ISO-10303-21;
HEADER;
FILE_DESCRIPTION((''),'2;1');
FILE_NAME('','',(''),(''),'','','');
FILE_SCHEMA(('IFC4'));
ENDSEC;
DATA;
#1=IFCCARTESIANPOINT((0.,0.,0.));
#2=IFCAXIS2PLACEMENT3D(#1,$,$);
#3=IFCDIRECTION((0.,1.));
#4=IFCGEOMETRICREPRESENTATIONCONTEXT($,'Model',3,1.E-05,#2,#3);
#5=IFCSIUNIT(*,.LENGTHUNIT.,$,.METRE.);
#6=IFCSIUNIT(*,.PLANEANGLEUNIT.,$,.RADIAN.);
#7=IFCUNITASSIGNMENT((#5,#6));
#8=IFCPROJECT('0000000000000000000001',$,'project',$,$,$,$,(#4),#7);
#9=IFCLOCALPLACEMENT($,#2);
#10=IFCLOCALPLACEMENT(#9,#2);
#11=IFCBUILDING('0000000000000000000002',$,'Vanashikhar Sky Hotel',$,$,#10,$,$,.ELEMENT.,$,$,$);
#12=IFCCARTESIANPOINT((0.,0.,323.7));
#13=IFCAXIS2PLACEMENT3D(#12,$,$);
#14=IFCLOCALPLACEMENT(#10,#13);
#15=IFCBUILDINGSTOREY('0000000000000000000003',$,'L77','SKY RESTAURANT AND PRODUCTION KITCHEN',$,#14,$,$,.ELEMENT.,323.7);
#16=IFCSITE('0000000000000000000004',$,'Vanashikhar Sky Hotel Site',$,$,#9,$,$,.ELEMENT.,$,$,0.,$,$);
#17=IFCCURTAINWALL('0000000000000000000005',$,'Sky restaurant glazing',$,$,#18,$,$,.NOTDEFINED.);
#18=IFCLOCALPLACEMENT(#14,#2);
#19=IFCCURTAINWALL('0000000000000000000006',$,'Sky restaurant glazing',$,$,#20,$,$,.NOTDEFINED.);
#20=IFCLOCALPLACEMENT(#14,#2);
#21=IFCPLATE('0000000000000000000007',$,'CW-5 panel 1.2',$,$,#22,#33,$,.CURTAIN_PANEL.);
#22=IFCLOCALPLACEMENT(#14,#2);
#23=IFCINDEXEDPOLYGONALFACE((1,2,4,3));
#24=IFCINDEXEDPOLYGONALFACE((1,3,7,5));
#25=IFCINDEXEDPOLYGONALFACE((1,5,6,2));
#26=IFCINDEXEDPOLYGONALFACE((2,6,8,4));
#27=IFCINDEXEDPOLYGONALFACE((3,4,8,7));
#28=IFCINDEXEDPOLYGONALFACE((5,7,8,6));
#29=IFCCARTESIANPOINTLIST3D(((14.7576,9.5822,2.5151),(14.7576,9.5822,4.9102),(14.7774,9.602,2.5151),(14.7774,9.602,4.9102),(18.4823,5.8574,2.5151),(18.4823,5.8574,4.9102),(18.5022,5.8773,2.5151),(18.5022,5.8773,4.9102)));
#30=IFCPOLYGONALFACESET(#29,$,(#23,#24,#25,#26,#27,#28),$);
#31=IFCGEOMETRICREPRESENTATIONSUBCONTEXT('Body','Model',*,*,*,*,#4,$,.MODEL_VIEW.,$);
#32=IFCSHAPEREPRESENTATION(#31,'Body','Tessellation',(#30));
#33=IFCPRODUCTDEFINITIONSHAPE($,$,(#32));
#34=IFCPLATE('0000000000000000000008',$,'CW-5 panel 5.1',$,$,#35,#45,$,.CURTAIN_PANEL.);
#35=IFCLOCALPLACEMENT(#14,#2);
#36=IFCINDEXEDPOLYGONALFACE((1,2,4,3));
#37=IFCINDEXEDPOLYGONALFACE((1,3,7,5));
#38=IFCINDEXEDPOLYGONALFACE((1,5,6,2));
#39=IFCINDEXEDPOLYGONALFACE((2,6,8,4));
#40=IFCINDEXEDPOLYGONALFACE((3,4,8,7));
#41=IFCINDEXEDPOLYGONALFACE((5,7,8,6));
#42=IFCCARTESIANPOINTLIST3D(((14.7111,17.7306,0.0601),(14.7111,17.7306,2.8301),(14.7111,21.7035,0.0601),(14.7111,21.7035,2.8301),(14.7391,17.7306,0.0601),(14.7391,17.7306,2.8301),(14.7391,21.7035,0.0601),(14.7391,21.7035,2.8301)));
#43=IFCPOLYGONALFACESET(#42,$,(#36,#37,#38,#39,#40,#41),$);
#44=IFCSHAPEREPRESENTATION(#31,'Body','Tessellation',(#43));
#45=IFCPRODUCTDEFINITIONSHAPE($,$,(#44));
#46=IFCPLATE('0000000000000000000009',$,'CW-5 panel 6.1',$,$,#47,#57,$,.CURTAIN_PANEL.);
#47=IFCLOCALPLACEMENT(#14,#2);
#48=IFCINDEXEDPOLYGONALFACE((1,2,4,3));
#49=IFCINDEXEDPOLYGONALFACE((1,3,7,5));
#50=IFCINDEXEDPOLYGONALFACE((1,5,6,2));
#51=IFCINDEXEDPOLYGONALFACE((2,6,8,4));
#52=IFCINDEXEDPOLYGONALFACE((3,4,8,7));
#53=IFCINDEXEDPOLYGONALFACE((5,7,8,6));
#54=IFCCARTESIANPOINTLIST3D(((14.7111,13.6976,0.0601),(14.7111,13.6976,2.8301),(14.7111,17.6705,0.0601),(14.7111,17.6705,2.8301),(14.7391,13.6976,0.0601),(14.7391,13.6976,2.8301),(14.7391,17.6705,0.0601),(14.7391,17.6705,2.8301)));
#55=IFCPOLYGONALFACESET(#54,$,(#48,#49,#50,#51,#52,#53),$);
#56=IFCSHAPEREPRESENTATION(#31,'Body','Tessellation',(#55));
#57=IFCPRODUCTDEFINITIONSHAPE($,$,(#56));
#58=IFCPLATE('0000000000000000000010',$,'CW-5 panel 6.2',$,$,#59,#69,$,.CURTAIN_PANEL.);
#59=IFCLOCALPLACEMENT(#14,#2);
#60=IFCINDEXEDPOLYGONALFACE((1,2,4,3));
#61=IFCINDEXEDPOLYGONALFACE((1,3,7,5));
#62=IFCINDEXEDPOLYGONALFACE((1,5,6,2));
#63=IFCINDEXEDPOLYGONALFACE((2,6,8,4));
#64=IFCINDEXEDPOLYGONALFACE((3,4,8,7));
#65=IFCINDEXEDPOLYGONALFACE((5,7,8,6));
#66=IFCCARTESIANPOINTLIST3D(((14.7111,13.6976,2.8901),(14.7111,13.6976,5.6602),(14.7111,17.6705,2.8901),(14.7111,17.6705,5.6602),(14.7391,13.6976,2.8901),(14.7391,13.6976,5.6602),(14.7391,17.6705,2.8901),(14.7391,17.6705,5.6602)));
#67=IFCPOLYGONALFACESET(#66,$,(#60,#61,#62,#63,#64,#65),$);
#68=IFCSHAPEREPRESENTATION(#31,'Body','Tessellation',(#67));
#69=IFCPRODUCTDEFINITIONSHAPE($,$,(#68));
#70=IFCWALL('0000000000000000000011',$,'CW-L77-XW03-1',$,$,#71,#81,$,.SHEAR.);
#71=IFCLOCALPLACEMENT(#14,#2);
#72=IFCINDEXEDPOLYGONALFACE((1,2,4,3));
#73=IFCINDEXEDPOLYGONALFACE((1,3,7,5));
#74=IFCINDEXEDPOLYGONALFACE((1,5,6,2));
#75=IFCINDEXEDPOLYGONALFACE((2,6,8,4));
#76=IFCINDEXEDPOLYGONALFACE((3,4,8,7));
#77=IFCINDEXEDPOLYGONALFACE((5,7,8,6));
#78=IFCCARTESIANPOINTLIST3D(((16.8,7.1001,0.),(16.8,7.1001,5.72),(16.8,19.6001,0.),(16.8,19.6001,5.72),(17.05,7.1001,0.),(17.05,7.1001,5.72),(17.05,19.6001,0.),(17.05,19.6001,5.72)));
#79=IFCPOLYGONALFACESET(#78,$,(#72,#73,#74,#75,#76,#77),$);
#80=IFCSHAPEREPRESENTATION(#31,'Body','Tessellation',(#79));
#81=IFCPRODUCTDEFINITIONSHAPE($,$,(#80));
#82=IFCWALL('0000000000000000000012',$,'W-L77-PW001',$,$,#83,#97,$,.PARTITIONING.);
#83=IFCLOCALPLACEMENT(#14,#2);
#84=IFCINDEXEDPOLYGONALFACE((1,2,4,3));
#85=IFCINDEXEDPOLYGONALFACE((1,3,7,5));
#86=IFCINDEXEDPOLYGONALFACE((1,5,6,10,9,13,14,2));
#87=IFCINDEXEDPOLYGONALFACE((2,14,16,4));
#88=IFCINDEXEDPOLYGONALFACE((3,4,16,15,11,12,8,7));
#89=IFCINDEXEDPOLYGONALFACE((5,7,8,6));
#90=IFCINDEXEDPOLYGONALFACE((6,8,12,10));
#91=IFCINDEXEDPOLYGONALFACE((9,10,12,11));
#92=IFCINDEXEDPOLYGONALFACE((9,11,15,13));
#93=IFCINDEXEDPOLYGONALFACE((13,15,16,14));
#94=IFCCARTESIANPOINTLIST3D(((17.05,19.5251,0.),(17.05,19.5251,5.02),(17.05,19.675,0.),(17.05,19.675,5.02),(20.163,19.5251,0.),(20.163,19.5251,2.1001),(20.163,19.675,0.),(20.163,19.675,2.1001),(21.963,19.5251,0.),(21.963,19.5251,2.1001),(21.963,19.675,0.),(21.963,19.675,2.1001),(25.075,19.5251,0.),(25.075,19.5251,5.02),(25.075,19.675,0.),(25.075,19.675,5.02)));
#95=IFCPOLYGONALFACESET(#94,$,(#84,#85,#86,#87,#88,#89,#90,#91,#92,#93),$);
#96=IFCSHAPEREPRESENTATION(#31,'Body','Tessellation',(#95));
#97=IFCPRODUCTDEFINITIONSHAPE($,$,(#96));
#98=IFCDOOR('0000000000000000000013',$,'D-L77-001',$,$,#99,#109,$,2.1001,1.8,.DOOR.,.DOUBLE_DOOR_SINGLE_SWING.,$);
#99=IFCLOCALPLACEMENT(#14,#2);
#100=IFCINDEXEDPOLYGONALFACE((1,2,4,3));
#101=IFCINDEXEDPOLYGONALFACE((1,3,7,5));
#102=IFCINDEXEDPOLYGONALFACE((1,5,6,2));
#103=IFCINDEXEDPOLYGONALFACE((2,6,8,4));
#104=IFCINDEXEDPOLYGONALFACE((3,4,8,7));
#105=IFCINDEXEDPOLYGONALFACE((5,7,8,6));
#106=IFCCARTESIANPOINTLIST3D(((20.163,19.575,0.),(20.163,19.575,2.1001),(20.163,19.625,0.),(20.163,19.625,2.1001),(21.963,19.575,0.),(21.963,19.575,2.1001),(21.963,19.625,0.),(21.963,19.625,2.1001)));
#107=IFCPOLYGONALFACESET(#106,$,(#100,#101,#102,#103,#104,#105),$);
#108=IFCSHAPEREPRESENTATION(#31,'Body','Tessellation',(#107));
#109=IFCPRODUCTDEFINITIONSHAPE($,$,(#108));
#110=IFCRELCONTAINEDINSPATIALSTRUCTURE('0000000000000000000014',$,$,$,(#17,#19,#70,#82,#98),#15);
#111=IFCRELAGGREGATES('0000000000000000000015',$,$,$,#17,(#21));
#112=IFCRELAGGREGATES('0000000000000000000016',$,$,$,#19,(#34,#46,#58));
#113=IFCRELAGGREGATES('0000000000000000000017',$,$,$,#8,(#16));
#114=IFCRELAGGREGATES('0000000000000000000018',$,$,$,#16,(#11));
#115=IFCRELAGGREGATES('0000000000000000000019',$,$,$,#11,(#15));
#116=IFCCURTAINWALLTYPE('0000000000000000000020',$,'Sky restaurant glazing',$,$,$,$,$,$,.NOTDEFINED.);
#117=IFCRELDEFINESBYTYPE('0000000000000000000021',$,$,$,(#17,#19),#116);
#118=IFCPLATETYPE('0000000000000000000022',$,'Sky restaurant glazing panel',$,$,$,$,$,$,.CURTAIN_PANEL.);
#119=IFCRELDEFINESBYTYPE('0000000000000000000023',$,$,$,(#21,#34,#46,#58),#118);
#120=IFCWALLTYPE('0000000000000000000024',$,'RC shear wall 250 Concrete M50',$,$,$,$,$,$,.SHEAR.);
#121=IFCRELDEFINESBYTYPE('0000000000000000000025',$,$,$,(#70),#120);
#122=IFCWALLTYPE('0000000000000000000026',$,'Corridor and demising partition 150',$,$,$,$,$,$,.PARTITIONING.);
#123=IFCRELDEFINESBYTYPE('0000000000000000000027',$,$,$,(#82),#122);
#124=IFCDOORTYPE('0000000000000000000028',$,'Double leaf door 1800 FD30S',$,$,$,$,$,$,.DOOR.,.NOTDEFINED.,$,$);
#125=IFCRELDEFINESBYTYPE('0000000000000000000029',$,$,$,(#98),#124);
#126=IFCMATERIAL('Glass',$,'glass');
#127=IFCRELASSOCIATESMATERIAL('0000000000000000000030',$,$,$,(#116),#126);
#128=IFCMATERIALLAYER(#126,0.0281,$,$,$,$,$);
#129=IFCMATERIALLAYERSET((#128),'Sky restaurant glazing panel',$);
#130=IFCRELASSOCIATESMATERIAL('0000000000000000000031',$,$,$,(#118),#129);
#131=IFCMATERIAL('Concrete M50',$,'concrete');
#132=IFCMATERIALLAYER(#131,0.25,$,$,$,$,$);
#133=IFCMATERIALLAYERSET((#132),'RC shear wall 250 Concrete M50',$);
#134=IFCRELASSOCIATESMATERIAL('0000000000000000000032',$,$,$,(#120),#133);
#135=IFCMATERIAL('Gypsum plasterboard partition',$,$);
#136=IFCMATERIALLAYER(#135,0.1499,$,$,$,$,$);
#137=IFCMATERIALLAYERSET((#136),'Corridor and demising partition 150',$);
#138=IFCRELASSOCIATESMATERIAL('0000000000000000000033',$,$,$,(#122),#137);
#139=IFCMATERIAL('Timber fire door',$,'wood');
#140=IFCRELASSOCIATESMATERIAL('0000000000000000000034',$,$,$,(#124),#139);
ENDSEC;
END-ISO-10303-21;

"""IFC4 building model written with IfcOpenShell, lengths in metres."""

from ifc_helpers import new_model, si_unit, direction, frame, frame_2d, origin, origin_2d, place, context, subcontext, project, spatial, rectangle, extrude, source, transform, mapped, material, layer, layer_set, type_object, element, fill, aggregate, save


model = new_model("IFC4")

# Units and contexts
model_context = context("Model", 3, precision=1e-05, world=origin(), true_north=direction((0.0, 1.0)))
body_context = subcontext(model_context, "Body", "Model", "MODEL_VIEW")
ifc_project = project(units=[si_unit("LENGTHUNIT", "METRE"), si_unit("PLANEANGLEUNIT", "RADIAN")], contexts=[model_context])

# Site, building, storey
site_placement = place(None, origin())
site = spatial("IfcSite", under=ifc_project, at=site_placement, Name="Vanashikhar Sky Hotel Site", CompositionType="ELEMENT", RefElevation=0.0)
building_placement = place(site_placement, origin())
building = spatial("IfcBuilding", under=site, at=building_placement, Name="Vanashikhar Sky Hotel", CompositionType="ELEMENT")
storey_placement = place(building_placement, frame((0.0, 0.0, 323.7)))
storey = spatial("IfcBuildingStorey", under=building, at=storey_placement, Name="L77", Description="SKY RESTAURANT AND PRODUCTION KITCHEN", CompositionType="ELEMENT", Elevation=323.7)

# Shared definitions
ifc_material_1 = material(Name="Concrete M50", Category="concrete")

# Curtain wall
ifc_material_2 = material(Name="Glass", Category="glass")
curtain_wall_type = type_object("IfcCurtainWallType", Name="Sky restaurant glazing", PredefinedType="NOTDEFINED", material=ifc_material_2)
curtain_wall_1_placement = place(storey_placement, origin())
curtain_wall_1 = element("IfcCurtainWall", 1, at=curtain_wall_1_placement, inside=storey, type_object=curtain_wall_type, Name="Sky restaurant glazing", PredefinedType="NOTDEFINED")

# Curtain wall
curtain_wall_2_placement = place(storey_placement, origin())
curtain_wall_2 = element("IfcCurtainWall", 2, at=curtain_wall_2_placement, inside=storey, type_object=curtain_wall_type, Name="Sky restaurant glazing", PredefinedType="NOTDEFINED")

# Plates
ifc_layer_1 = layer(ifc_material_2, 0.0281)
ifc_layer_set_1 = layer_set([ifc_layer_1], Name="Sky restaurant glazing panel")
plate_type = type_object("IfcPlateType", Name="Sky restaurant glazing panel", PredefinedType="CURTAIN_PANEL", material=ifc_layer_set_1)
shared_shape_1 = source(origin(), body_context, "Body", "SweptSolid", [
    extrude(rectangle(XDim=5.2676, YDim=0.0281, at=origin_2d()), origin(), (0.0, 0.0, 1.0), 2.395),
])
plate_1_placement = place(storey_placement, frame((16.6299, 7.7297, 2.5151), z_axis=(0.0, 0.0, 1.0), x_axis=(0.707107, -0.707107, 0.0)))
plate_1 = element("IfcPlate", 3, at=plate_1_placement, type_object=plate_type, Name="CW-5 panel 1.2", PredefinedType="CURTAIN_PANEL", context=body_context, shape_type="MappedRepresentation", body=[
    mapped(shared_shape_1, transform((0.0, 0.0, 0.0), scale=1.0)),
])
aggregate(curtain_wall_1, [plate_1])
shared_shape_2 = source(origin(), body_context, "Body", "SweptSolid", [
    extrude(rectangle(XDim=3.9729, YDim=0.0281, at=origin_2d()), origin(), (0.0, 0.0, 1.0), 2.77),
])
plate_2_placement = place(storey_placement, frame((14.7251, 19.717, 0.0601), z_axis=(0.0, 0.0, 1.0), x_axis=(0.0, -1.0, 0.0)))
plate_2 = element("IfcPlate", 4, at=plate_2_placement, type_object=plate_type, Name="CW-5 panel 5.1", PredefinedType="CURTAIN_PANEL", context=body_context, shape_type="MappedRepresentation", body=[
    mapped(shared_shape_2, transform((0.0, 0.0, 0.0), scale=1.0)),
])
plate_3_placement = place(storey_placement, frame((14.7251, 15.6841, 0.0601), z_axis=(0.0, 0.0, 1.0), x_axis=(0.0, -1.0, 0.0)))
plate_3 = element("IfcPlate", 5, at=plate_3_placement, type_object=plate_type, Name="CW-5 panel 6.1", PredefinedType="CURTAIN_PANEL", context=body_context, shape_type="MappedRepresentation", body=[
    mapped(shared_shape_2, transform((0.0, 0.0, 0.0), scale=1.0)),
])
plate_4_placement = place(storey_placement, frame((14.7251, 15.6841, 2.8901), z_axis=(0.0, 0.0, 1.0), x_axis=(0.0, -1.0, 0.0)))
plate_4 = element("IfcPlate", 6, at=plate_4_placement, type_object=plate_type, Name="CW-5 panel 6.2", PredefinedType="CURTAIN_PANEL", context=body_context, shape_type="MappedRepresentation", body=[
    mapped(shared_shape_2, transform((0.0, 0.0, 0.0), scale=1.0)),
])
aggregate(curtain_wall_2, [plate_2, plate_3, plate_4])

# Wall
ifc_layer_2 = layer(ifc_material_1, 0.25)
ifc_layer_set_2 = layer_set([ifc_layer_2], Name="RC shear wall 250 Concrete M50")
wall_type_1 = type_object("IfcWallType", Name="RC shear wall 250 Concrete M50", PredefinedType="SHEAR", material=ifc_layer_set_2)
shared_shape_3 = source(origin(), body_context, "Body", "SweptSolid", [
    extrude(rectangle(XDim=12.5, YDim=0.25, at=frame_2d((6.25, 0.0))), origin(), (0.0, 0.0, 1.0), 5.72),
])
wall_1_placement = place(storey_placement, frame((16.925, 7.1001, 0.0), z_axis=(0.0, 0.0, 1.0), x_axis=(0.0, 1.0, 0.0)))
element("IfcWall", 7, at=wall_1_placement, inside=storey, type_object=wall_type_1, Name="CW-L77-XW03-1", PredefinedType="SHEAR", context=body_context, shape_type="MappedRepresentation", body=[
    mapped(shared_shape_3, transform((0.0, 0.0, 0.0), scale=1.0)),
])

# Wall, opening, door
ifc_material_3 = material(Name="Gypsum plasterboard partition")
ifc_layer_3 = layer(ifc_material_3, 0.1499)
ifc_layer_set_3 = layer_set([ifc_layer_3], Name="Corridor and demising partition 150")
wall_type_2 = type_object("IfcWallType", Name="Corridor and demising partition 150", PredefinedType="PARTITIONING", material=ifc_layer_set_3)
shared_shape_4 = source(origin(), body_context, "Body", "SweptSolid", [
    extrude(rectangle(XDim=8.0249, YDim=0.1499, at=frame_2d((4.0125, 0.0))), origin(), (0.0, 0.0, 1.0), 5.02),
])
wall_2_placement = place(storey_placement, frame((17.05, 19.6001, 0.0), z_axis=(0.0, 0.0, 1.0), x_axis=(1.0, 0.0, 0.0)))
wall_2 = element("IfcWall", 8, at=wall_2_placement, inside=storey, type_object=wall_type_2, Name="W-L77-PW001", PredefinedType="PARTITIONING", context=body_context, shape_type="MappedRepresentation", body=[
    mapped(shared_shape_4, transform((0.0, 0.0, 0.0), scale=1.0)),
])
shared_shape_5 = source(origin(), body_context, "Body", "SweptSolid", [
    extrude(rectangle(XDim=1.8, YDim=2.1001, at=frame_2d((0.8999, 1.05))), frame((0.0, 0.085, 0.0), z_axis=(0.0, -1.0, 0.0), x_axis=(1.0, 0.0, 0.0)), (0.0, 0.0, 1.0), 0.1699),
])
opening_placement = place(wall_2_placement, frame((3.113, 0.0, 0.0)))
opening = element("IfcOpeningElement", 9, at=opening_placement, cuts=wall_2, PredefinedType="OPENING", context=body_context, shape_type="MappedRepresentation", body=[
    mapped(shared_shape_5, transform((0.0, 0.0, 0.0), scale=1.0)),
])
ifc_material_4 = material(Name="Timber fire door", Category="wood")
door_type = type_object("IfcDoorType", Name="Double leaf door 1800 FD30S", OperationType="NOTDEFINED", PredefinedType="DOOR", material=ifc_material_4)
shared_shape_6 = source(origin(), body_context, "Body", "SweptSolid", [
    extrude(rectangle(XDim=1.8, YDim=2.1001, at=frame_2d((0.8999, 1.05))), frame((0.0, 0.0249, 0.0), z_axis=(0.0, -1.0, 0.0), x_axis=(1.0, 0.0, 0.0)), (0.0, 0.0, 1.0), 0.05),
])
door_placement = place(opening_placement, origin())
door = element("IfcDoor", 10, at=door_placement, inside=storey, type_object=door_type, Name="D-L77-001", OperationType="DOUBLE_DOOR_SINGLE_SWING", OverallHeight=2.1001, OverallWidth=1.8, PredefinedType="DOOR", context=body_context, shape_type="MappedRepresentation", body=[
    mapped(shared_shape_6, transform((0.0, 0.0, 0.0), scale=1.0)),
])
fill(opening, door)

save(model, "model.ifc")
